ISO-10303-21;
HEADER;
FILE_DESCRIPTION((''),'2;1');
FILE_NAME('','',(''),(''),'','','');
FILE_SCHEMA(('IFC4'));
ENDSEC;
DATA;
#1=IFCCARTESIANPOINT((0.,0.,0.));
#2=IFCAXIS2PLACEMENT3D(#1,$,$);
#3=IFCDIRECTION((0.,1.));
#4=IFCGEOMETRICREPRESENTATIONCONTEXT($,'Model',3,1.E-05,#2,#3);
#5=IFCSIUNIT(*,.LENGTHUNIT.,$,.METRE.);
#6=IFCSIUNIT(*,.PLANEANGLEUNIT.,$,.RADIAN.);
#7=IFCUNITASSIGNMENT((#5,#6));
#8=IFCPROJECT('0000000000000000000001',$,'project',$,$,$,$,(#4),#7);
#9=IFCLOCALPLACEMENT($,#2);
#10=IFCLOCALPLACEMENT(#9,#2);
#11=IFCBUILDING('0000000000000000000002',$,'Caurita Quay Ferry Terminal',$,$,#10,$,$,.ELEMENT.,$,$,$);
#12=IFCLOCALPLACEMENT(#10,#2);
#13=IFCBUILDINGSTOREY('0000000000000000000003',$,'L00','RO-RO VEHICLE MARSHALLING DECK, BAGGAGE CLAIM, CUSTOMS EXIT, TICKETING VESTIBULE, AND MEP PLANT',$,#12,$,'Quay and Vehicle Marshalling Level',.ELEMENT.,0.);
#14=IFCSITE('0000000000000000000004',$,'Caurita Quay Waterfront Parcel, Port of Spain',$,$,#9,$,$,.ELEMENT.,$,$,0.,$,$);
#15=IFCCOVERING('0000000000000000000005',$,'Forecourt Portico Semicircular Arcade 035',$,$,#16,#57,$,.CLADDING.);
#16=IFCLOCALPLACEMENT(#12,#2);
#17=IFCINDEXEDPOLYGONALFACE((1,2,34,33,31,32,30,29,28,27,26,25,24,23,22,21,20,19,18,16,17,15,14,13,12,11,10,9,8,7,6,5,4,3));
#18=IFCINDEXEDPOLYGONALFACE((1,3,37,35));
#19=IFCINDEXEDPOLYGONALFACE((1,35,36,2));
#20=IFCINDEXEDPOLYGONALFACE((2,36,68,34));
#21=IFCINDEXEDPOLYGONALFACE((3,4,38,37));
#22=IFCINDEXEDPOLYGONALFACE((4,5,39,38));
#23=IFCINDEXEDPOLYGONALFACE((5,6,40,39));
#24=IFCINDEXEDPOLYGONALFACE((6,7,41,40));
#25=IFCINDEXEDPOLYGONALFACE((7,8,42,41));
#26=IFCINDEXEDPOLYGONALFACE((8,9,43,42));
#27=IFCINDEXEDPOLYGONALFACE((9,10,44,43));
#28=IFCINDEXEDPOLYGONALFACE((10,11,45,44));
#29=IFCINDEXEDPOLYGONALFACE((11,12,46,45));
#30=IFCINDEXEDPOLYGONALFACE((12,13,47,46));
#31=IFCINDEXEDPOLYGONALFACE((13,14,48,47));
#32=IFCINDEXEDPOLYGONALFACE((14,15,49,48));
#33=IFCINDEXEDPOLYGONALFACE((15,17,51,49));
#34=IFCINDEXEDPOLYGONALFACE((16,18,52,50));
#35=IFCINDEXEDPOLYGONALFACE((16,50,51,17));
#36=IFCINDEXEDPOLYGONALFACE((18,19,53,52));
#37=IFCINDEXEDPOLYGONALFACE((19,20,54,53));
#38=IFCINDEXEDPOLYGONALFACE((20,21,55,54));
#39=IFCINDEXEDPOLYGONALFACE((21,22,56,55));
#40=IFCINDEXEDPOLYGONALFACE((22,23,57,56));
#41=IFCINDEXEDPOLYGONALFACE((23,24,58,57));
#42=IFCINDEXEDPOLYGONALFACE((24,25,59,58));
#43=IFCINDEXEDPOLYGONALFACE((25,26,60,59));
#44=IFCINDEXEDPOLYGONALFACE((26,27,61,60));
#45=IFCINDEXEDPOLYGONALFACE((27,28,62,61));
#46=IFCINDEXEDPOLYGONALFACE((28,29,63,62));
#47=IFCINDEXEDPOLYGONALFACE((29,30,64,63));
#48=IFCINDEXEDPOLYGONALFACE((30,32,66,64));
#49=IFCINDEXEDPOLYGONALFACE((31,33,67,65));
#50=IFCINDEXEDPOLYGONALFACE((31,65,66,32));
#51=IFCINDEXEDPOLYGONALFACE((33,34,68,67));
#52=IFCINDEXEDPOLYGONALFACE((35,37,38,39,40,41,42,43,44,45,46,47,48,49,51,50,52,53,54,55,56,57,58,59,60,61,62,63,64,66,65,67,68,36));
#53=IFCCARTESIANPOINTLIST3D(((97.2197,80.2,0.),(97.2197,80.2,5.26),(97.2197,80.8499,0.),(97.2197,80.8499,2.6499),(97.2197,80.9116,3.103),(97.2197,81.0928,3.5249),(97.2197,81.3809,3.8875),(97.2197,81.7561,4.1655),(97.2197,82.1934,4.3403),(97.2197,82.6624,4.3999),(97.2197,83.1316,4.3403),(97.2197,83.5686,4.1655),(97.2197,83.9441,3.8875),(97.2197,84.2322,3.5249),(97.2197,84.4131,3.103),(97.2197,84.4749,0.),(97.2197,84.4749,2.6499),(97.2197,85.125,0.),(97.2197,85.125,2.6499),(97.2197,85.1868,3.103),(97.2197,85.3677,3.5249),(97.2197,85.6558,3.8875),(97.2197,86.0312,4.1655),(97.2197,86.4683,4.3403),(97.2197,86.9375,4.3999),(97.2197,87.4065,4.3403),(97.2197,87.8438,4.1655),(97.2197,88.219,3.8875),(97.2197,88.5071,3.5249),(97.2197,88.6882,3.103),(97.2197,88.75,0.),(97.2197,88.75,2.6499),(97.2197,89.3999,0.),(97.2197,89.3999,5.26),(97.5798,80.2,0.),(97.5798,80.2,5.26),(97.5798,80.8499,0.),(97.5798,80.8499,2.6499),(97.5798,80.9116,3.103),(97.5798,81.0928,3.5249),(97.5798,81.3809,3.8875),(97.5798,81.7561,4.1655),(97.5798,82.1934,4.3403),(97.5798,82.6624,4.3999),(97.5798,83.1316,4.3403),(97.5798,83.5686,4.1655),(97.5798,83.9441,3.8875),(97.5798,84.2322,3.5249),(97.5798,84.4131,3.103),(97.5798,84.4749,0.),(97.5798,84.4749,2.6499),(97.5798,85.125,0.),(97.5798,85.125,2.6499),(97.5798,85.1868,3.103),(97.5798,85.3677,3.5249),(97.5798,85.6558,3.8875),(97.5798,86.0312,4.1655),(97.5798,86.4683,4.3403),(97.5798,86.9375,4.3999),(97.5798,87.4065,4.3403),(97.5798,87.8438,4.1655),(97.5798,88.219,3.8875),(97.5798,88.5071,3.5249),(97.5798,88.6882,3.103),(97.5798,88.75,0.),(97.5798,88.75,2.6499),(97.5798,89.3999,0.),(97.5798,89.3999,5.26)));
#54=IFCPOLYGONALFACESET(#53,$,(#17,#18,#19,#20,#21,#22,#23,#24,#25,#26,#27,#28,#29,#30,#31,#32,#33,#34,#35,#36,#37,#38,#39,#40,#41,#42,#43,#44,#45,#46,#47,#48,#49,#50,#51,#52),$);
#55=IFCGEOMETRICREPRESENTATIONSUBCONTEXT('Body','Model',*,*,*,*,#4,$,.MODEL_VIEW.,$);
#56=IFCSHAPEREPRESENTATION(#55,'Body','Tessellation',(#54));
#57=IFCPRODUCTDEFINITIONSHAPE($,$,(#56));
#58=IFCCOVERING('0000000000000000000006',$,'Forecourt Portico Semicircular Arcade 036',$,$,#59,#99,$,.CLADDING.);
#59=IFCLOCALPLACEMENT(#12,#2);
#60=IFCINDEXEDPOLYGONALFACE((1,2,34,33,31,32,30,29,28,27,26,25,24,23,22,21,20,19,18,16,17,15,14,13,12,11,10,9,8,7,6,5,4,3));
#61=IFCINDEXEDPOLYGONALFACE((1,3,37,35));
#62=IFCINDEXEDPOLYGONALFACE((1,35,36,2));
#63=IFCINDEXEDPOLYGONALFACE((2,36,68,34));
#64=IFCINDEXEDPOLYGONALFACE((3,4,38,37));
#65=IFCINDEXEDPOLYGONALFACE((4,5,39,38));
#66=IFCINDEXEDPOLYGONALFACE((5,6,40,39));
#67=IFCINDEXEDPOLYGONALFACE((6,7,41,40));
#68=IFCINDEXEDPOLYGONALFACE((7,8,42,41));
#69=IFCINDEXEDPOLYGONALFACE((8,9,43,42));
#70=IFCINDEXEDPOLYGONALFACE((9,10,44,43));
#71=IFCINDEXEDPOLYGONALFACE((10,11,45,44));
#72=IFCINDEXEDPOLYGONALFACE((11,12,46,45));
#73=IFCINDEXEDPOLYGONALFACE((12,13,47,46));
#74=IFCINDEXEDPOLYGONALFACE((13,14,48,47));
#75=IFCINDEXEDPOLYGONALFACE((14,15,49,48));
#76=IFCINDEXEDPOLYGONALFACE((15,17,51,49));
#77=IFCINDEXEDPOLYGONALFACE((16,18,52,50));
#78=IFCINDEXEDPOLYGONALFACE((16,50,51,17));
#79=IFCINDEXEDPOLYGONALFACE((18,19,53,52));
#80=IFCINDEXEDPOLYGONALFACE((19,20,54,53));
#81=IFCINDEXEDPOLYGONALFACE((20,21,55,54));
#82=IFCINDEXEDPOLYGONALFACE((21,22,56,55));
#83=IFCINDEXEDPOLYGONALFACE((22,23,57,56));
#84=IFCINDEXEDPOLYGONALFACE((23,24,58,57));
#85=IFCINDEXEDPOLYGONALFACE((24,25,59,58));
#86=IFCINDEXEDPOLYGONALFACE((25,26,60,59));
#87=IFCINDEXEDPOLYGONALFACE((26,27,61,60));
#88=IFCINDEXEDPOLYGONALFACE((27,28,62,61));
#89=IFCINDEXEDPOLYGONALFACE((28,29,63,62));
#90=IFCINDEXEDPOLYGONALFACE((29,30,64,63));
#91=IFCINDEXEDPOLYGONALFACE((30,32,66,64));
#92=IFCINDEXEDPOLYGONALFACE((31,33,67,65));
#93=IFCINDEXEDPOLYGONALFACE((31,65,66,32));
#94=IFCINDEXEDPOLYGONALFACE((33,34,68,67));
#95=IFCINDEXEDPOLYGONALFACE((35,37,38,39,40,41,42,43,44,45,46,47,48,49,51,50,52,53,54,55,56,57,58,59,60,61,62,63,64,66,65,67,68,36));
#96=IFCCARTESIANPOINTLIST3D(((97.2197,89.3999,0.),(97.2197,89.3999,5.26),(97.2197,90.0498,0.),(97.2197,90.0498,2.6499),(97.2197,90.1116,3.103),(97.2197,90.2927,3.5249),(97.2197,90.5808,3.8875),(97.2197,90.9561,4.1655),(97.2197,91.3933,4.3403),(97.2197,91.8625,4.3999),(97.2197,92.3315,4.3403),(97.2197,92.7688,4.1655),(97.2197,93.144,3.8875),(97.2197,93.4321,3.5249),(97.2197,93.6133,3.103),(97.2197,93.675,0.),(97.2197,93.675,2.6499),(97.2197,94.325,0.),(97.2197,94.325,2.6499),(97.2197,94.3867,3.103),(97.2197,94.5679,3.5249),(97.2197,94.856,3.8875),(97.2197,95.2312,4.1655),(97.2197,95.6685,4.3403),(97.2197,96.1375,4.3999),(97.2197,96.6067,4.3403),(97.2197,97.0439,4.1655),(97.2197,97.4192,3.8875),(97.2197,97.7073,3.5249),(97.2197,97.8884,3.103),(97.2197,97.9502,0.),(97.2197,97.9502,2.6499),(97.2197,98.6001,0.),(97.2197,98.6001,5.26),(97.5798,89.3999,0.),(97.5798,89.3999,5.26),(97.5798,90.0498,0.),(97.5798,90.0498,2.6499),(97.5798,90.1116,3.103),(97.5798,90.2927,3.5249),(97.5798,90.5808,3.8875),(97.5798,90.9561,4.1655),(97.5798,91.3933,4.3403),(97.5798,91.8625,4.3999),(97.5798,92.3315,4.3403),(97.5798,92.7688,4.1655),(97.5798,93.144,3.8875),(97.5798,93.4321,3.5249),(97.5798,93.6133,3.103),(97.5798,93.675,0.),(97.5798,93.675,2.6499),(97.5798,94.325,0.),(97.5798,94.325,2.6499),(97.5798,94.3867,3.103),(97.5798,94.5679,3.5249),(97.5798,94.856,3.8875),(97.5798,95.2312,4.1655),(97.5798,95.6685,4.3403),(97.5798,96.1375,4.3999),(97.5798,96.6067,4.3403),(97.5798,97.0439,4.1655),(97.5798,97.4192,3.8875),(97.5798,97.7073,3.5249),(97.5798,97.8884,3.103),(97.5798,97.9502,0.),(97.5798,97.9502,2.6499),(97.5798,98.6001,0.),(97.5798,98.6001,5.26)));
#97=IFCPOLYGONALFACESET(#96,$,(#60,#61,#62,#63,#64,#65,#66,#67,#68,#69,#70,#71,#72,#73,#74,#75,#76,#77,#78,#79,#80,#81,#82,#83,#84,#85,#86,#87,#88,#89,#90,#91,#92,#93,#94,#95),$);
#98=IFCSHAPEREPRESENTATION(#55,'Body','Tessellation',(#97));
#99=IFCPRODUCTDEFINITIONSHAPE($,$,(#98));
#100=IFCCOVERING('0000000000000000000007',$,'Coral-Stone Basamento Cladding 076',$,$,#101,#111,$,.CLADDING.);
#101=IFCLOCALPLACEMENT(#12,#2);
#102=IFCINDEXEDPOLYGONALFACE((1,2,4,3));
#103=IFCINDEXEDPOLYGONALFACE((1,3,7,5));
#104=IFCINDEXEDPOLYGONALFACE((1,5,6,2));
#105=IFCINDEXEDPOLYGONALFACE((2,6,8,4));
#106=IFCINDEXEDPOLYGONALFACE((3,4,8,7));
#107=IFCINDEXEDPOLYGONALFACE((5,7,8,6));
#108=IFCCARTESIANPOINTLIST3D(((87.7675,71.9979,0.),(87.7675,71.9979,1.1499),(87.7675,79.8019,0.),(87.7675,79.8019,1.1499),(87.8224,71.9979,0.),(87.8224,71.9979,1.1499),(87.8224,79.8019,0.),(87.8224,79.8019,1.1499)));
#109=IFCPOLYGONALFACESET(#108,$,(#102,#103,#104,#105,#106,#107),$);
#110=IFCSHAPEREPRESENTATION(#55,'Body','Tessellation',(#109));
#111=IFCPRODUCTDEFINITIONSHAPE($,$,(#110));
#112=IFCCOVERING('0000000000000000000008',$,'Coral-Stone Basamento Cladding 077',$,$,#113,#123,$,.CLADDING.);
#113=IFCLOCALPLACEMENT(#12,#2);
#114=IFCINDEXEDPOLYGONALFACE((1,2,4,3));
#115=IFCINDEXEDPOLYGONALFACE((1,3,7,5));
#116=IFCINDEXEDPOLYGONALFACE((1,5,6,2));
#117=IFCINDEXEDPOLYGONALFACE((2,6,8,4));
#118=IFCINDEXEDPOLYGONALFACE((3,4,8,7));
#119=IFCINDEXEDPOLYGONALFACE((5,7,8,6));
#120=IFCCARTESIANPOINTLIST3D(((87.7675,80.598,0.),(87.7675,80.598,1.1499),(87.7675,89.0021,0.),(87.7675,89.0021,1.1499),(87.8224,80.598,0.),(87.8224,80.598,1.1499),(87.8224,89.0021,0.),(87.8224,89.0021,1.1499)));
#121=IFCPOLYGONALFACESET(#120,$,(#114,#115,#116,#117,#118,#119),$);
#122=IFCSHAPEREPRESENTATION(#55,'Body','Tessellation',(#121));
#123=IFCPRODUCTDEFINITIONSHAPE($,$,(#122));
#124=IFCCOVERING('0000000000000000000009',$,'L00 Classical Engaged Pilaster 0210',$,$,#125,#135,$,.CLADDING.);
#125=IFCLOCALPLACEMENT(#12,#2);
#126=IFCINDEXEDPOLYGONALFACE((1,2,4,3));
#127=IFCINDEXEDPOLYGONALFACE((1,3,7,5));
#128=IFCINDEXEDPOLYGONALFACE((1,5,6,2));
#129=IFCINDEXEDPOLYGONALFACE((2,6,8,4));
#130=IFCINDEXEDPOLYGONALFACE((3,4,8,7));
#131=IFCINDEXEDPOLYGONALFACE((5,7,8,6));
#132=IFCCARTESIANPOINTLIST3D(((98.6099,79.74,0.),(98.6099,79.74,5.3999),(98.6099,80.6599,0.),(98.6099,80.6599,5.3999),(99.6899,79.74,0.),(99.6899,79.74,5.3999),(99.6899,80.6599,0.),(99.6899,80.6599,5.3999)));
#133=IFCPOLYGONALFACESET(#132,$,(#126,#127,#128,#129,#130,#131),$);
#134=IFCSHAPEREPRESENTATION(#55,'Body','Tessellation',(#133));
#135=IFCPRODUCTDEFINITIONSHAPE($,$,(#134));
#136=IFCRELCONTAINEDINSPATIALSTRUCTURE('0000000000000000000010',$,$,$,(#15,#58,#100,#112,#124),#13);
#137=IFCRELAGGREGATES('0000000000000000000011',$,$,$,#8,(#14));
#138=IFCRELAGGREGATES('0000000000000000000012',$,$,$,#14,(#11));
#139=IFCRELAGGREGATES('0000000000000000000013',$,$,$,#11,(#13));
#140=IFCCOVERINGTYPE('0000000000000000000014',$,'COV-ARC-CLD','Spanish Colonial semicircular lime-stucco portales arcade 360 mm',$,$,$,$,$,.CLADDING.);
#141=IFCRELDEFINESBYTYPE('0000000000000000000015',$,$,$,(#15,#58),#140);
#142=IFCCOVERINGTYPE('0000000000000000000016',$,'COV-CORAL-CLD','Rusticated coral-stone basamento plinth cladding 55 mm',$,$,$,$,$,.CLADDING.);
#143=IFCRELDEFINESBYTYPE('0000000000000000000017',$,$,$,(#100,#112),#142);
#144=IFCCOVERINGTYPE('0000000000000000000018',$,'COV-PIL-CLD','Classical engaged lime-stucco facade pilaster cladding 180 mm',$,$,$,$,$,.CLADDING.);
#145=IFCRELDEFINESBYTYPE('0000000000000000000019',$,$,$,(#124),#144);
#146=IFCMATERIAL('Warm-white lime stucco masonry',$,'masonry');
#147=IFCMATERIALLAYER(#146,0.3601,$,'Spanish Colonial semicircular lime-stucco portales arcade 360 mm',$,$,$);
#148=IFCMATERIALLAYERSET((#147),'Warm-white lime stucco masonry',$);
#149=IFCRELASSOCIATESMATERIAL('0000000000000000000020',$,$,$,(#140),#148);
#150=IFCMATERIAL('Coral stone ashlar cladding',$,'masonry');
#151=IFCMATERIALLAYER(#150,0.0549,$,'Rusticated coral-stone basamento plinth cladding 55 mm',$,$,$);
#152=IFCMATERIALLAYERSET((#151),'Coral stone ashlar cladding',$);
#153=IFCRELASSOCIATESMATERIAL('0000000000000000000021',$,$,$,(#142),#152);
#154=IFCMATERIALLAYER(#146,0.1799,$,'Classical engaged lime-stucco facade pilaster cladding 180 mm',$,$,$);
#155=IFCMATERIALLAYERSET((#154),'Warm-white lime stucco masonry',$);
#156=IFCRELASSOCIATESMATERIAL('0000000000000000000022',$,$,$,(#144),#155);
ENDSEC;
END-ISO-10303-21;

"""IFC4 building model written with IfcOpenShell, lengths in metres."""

from ifc_helpers import new_model, si_unit, direction, frame, frame_2d, origin, origin_2d, place, context, subcontext, project, spatial, polyline, rectangle, outline, extrude, material, layer, layer_set, type_object, element, save


model = new_model("IFC4")

# Units and contexts
model_context = context("Model", 3, precision=1e-05, world=origin(), true_north=direction((0.0, 1.0)))
body_context = subcontext(model_context, "Body", "Model", "MODEL_VIEW")
ifc_project = project(units=[si_unit("LENGTHUNIT", "METRE"), si_unit("PLANEANGLEUNIT", "RADIAN")], contexts=[model_context])

# Site, building, storey
site_placement = place(None, origin())
site = spatial("IfcSite", under=ifc_project, at=site_placement, Name="Caurita Quay Waterfront Parcel, Port of Spain", CompositionType="ELEMENT", RefElevation=0.0)
building_placement = place(site_placement, origin())
building = spatial("IfcBuilding", under=site, at=building_placement, Name="Caurita Quay Ferry Terminal", CompositionType="ELEMENT")
storey_placement = place(building_placement, origin())
storey = spatial("IfcBuildingStorey", under=building, at=storey_placement, Name="L00", Description="RO-RO VEHICLE MARSHALLING DECK, BAGGAGE CLAIM, CUSTOMS EXIT, TICKETING VESTIBULE, AND MEP PLANT", LongName="Quay and Vehicle Marshalling Level", CompositionType="ELEMENT", Elevation=0.0)

# Coverings
ifc_material_1 = material(Name="Warm-white lime stucco masonry", Category="masonry")
ifc_layer_1 = layer(ifc_material_1, 0.3601, Name="Spanish Colonial semicircular lime-stucco portales arcade 360 mm")
ifc_layer_set_1 = layer_set([ifc_layer_1], Name="Warm-white lime stucco masonry")
covering_type_1 = type_object("IfcCoveringType", Name="COV-ARC-CLD", Description="Spanish Colonial semicircular lime-stucco portales arcade 360 mm", PredefinedType="CLADDING", material=ifc_layer_set_1)
covering_1_placement = place(storey_placement, frame((97.3999, 80.2, 0.0), z_axis=(0.0, 0.0, 1.0), x_axis=(0.0, 1.0, 0.0)))
element("IfcCovering", 1, at=covering_1_placement, inside=storey, type_object=covering_type_1, Name="Forecourt Portico Semicircular Arcade 035", PredefinedType="CLADDING", context=body_context, shape_type="SweptSolid", body=[
    extrude(outline(polyline([(0.0, 0.0), (0.6499, 0.0), (0.6499, 2.6499), (0.7117, 3.103), (0.8928, 3.5249), (1.1809, 3.8875), (1.5562, 4.1655), (1.9934, 4.3403), (2.4624, 4.3999), (2.9316, 4.3403), (3.3687, 4.1655), (3.7441, 3.8875), (4.0322, 3.5249), (4.2131, 3.103), (4.2749, 2.6499), (4.2749, 0.0), (4.925, 0.0), (4.925, 2.6499), (4.9868, 3.103), (5.1677, 3.5249), (5.4558, 3.8875), (5.8313, 4.1655), (6.2683, 4.3403), (6.7375, 4.3999), (7.2065, 4.3403), (7.6438, 4.1655), (8.019, 3.8875), (8.3071, 3.5249), (8.4883, 3.103), (8.55, 2.6499), (8.55, 0.0), (9.2, 0.0), (9.2, 5.26), (0.0, 5.26), (0.0, 0.0)])), frame((0.0, 0.1802, 0.0), z_axis=(0.0, -1.0, 0.0), x_axis=(1.0, 0.0, 0.0)), (0.0, 0.0, 1.0), 0.3601),
])
covering_2_placement = place(storey_placement, frame((97.3999, 89.3999, 0.0), z_axis=(0.0, 0.0, 1.0), x_axis=(0.0, 1.0, 0.0)))
element("IfcCovering", 2, at=covering_2_placement, inside=storey, type_object=covering_type_1, Name="Forecourt Portico Semicircular Arcade 036", PredefinedType="CLADDING", context=body_context, shape_type="SweptSolid", body=[
    extrude(outline(polyline([(0.0, 0.0), (0.6499, 0.0), (0.6499, 2.6499), (0.7117, 3.103), (0.8928, 3.5249), (1.1809, 3.8875), (1.5562, 4.1655), (1.9934, 4.3403), (2.4626, 4.3999), (2.9316, 4.3403), (3.3689, 4.1655), (3.7441, 3.8875), (4.0322, 3.5249), (4.2134, 3.103), (4.2751, 2.6499), (4.2751, 0.0), (4.925, 0.0), (4.925, 2.6499), (4.9868, 3.103), (5.168, 3.5249), (5.4561, 3.8875), (5.8313, 4.1655), (6.2686, 4.3403), (6.7375, 4.3999), (7.2068, 4.3403), (7.644, 4.1655), (8.0193, 3.8875), (8.3074, 3.5249), (8.4885, 3.103), (8.5503, 2.6499), (8.5503, 0.0), (9.2002, 0.0), (9.2002, 5.26), (0.0, 5.26), (0.0, 0.0)])), frame((0.0, 0.1802, 0.0), z_axis=(0.0, -1.0, 0.0), x_axis=(1.0, 0.0, 0.0)), (0.0, 0.0, 1.0), 0.3601),
])
ifc_material_2 = material(Name="Coral stone ashlar cladding", Category="masonry")
ifc_layer_2 = layer(ifc_material_2, 0.0549, Name="Rusticated coral-stone basamento plinth cladding 55 mm")
ifc_layer_set_2 = layer_set([ifc_layer_2], Name="Coral stone ashlar cladding")
covering_type_2 = type_object("IfcCoveringType", Name="COV-CORAL-CLD", Description="Rusticated coral-stone basamento plinth cladding 55 mm", PredefinedType="CLADDING", material=ifc_layer_set_2)
covering_3_placement = place(storey_placement, frame((87.7949, 71.998, 0.0), z_axis=(0.0, 0.0, 1.0), x_axis=(0.0, 1.0, 0.0)))
element("IfcCovering", 3, at=covering_3_placement, inside=storey, type_object=covering_type_2, Name="Coral-Stone Basamento Cladding 076", PredefinedType="CLADDING", context=body_context, shape_type="SweptSolid", body=[
    extrude(rectangle(XDim=7.804, YDim=0.0549, at=frame_2d((3.9019, 0.0))), origin(), (0.0, 0.0, 1.0), 1.1499),
])
covering_4_placement = place(storey_placement, frame((87.7949, 80.5979, 0.0), z_axis=(0.0, 0.0, 1.0), x_axis=(0.0, 1.0, 0.0)))
element("IfcCovering", 4, at=covering_4_placement, inside=storey, type_object=covering_type_2, Name="Coral-Stone Basamento Cladding 077", PredefinedType="CLADDING", context=body_context, shape_type="SweptSolid", body=[
    extrude(rectangle(XDim=8.4041, YDim=0.0549, at=frame_2d((4.2021, 0.0))), origin(), (0.0, 0.0, 1.0), 1.1499),
])
ifc_layer_3 = layer(ifc_material_1, 0.1799, Name="Classical engaged lime-stucco facade pilaster cladding 180 mm")
ifc_layer_set_3 = layer_set([ifc_layer_3], Name="Warm-white lime stucco masonry")
covering_type_3 = type_object("IfcCoveringType", Name="COV-PIL-CLD", Description="Classical engaged lime-stucco facade pilaster cladding 180 mm", PredefinedType="CLADDING", material=ifc_layer_set_3)
covering_5_placement = place(storey_placement, frame((99.1499, 80.2, 0.0), z_axis=(0.0, 0.0, 1.0), x_axis=(1.0, 0.0, 0.0)))
element("IfcCovering", 5, at=covering_5_placement, inside=storey, type_object=covering_type_3, Name="L00 Classical Engaged Pilaster 0210", PredefinedType="CLADDING", context=body_context, shape_type="SweptSolid", body=[
    extrude(rectangle(XDim=1.0801, YDim=0.9199, at=origin_2d()), origin(), (0.0, 0.0, 1.0), 5.3999),
])

save(model, "model.ifc")
